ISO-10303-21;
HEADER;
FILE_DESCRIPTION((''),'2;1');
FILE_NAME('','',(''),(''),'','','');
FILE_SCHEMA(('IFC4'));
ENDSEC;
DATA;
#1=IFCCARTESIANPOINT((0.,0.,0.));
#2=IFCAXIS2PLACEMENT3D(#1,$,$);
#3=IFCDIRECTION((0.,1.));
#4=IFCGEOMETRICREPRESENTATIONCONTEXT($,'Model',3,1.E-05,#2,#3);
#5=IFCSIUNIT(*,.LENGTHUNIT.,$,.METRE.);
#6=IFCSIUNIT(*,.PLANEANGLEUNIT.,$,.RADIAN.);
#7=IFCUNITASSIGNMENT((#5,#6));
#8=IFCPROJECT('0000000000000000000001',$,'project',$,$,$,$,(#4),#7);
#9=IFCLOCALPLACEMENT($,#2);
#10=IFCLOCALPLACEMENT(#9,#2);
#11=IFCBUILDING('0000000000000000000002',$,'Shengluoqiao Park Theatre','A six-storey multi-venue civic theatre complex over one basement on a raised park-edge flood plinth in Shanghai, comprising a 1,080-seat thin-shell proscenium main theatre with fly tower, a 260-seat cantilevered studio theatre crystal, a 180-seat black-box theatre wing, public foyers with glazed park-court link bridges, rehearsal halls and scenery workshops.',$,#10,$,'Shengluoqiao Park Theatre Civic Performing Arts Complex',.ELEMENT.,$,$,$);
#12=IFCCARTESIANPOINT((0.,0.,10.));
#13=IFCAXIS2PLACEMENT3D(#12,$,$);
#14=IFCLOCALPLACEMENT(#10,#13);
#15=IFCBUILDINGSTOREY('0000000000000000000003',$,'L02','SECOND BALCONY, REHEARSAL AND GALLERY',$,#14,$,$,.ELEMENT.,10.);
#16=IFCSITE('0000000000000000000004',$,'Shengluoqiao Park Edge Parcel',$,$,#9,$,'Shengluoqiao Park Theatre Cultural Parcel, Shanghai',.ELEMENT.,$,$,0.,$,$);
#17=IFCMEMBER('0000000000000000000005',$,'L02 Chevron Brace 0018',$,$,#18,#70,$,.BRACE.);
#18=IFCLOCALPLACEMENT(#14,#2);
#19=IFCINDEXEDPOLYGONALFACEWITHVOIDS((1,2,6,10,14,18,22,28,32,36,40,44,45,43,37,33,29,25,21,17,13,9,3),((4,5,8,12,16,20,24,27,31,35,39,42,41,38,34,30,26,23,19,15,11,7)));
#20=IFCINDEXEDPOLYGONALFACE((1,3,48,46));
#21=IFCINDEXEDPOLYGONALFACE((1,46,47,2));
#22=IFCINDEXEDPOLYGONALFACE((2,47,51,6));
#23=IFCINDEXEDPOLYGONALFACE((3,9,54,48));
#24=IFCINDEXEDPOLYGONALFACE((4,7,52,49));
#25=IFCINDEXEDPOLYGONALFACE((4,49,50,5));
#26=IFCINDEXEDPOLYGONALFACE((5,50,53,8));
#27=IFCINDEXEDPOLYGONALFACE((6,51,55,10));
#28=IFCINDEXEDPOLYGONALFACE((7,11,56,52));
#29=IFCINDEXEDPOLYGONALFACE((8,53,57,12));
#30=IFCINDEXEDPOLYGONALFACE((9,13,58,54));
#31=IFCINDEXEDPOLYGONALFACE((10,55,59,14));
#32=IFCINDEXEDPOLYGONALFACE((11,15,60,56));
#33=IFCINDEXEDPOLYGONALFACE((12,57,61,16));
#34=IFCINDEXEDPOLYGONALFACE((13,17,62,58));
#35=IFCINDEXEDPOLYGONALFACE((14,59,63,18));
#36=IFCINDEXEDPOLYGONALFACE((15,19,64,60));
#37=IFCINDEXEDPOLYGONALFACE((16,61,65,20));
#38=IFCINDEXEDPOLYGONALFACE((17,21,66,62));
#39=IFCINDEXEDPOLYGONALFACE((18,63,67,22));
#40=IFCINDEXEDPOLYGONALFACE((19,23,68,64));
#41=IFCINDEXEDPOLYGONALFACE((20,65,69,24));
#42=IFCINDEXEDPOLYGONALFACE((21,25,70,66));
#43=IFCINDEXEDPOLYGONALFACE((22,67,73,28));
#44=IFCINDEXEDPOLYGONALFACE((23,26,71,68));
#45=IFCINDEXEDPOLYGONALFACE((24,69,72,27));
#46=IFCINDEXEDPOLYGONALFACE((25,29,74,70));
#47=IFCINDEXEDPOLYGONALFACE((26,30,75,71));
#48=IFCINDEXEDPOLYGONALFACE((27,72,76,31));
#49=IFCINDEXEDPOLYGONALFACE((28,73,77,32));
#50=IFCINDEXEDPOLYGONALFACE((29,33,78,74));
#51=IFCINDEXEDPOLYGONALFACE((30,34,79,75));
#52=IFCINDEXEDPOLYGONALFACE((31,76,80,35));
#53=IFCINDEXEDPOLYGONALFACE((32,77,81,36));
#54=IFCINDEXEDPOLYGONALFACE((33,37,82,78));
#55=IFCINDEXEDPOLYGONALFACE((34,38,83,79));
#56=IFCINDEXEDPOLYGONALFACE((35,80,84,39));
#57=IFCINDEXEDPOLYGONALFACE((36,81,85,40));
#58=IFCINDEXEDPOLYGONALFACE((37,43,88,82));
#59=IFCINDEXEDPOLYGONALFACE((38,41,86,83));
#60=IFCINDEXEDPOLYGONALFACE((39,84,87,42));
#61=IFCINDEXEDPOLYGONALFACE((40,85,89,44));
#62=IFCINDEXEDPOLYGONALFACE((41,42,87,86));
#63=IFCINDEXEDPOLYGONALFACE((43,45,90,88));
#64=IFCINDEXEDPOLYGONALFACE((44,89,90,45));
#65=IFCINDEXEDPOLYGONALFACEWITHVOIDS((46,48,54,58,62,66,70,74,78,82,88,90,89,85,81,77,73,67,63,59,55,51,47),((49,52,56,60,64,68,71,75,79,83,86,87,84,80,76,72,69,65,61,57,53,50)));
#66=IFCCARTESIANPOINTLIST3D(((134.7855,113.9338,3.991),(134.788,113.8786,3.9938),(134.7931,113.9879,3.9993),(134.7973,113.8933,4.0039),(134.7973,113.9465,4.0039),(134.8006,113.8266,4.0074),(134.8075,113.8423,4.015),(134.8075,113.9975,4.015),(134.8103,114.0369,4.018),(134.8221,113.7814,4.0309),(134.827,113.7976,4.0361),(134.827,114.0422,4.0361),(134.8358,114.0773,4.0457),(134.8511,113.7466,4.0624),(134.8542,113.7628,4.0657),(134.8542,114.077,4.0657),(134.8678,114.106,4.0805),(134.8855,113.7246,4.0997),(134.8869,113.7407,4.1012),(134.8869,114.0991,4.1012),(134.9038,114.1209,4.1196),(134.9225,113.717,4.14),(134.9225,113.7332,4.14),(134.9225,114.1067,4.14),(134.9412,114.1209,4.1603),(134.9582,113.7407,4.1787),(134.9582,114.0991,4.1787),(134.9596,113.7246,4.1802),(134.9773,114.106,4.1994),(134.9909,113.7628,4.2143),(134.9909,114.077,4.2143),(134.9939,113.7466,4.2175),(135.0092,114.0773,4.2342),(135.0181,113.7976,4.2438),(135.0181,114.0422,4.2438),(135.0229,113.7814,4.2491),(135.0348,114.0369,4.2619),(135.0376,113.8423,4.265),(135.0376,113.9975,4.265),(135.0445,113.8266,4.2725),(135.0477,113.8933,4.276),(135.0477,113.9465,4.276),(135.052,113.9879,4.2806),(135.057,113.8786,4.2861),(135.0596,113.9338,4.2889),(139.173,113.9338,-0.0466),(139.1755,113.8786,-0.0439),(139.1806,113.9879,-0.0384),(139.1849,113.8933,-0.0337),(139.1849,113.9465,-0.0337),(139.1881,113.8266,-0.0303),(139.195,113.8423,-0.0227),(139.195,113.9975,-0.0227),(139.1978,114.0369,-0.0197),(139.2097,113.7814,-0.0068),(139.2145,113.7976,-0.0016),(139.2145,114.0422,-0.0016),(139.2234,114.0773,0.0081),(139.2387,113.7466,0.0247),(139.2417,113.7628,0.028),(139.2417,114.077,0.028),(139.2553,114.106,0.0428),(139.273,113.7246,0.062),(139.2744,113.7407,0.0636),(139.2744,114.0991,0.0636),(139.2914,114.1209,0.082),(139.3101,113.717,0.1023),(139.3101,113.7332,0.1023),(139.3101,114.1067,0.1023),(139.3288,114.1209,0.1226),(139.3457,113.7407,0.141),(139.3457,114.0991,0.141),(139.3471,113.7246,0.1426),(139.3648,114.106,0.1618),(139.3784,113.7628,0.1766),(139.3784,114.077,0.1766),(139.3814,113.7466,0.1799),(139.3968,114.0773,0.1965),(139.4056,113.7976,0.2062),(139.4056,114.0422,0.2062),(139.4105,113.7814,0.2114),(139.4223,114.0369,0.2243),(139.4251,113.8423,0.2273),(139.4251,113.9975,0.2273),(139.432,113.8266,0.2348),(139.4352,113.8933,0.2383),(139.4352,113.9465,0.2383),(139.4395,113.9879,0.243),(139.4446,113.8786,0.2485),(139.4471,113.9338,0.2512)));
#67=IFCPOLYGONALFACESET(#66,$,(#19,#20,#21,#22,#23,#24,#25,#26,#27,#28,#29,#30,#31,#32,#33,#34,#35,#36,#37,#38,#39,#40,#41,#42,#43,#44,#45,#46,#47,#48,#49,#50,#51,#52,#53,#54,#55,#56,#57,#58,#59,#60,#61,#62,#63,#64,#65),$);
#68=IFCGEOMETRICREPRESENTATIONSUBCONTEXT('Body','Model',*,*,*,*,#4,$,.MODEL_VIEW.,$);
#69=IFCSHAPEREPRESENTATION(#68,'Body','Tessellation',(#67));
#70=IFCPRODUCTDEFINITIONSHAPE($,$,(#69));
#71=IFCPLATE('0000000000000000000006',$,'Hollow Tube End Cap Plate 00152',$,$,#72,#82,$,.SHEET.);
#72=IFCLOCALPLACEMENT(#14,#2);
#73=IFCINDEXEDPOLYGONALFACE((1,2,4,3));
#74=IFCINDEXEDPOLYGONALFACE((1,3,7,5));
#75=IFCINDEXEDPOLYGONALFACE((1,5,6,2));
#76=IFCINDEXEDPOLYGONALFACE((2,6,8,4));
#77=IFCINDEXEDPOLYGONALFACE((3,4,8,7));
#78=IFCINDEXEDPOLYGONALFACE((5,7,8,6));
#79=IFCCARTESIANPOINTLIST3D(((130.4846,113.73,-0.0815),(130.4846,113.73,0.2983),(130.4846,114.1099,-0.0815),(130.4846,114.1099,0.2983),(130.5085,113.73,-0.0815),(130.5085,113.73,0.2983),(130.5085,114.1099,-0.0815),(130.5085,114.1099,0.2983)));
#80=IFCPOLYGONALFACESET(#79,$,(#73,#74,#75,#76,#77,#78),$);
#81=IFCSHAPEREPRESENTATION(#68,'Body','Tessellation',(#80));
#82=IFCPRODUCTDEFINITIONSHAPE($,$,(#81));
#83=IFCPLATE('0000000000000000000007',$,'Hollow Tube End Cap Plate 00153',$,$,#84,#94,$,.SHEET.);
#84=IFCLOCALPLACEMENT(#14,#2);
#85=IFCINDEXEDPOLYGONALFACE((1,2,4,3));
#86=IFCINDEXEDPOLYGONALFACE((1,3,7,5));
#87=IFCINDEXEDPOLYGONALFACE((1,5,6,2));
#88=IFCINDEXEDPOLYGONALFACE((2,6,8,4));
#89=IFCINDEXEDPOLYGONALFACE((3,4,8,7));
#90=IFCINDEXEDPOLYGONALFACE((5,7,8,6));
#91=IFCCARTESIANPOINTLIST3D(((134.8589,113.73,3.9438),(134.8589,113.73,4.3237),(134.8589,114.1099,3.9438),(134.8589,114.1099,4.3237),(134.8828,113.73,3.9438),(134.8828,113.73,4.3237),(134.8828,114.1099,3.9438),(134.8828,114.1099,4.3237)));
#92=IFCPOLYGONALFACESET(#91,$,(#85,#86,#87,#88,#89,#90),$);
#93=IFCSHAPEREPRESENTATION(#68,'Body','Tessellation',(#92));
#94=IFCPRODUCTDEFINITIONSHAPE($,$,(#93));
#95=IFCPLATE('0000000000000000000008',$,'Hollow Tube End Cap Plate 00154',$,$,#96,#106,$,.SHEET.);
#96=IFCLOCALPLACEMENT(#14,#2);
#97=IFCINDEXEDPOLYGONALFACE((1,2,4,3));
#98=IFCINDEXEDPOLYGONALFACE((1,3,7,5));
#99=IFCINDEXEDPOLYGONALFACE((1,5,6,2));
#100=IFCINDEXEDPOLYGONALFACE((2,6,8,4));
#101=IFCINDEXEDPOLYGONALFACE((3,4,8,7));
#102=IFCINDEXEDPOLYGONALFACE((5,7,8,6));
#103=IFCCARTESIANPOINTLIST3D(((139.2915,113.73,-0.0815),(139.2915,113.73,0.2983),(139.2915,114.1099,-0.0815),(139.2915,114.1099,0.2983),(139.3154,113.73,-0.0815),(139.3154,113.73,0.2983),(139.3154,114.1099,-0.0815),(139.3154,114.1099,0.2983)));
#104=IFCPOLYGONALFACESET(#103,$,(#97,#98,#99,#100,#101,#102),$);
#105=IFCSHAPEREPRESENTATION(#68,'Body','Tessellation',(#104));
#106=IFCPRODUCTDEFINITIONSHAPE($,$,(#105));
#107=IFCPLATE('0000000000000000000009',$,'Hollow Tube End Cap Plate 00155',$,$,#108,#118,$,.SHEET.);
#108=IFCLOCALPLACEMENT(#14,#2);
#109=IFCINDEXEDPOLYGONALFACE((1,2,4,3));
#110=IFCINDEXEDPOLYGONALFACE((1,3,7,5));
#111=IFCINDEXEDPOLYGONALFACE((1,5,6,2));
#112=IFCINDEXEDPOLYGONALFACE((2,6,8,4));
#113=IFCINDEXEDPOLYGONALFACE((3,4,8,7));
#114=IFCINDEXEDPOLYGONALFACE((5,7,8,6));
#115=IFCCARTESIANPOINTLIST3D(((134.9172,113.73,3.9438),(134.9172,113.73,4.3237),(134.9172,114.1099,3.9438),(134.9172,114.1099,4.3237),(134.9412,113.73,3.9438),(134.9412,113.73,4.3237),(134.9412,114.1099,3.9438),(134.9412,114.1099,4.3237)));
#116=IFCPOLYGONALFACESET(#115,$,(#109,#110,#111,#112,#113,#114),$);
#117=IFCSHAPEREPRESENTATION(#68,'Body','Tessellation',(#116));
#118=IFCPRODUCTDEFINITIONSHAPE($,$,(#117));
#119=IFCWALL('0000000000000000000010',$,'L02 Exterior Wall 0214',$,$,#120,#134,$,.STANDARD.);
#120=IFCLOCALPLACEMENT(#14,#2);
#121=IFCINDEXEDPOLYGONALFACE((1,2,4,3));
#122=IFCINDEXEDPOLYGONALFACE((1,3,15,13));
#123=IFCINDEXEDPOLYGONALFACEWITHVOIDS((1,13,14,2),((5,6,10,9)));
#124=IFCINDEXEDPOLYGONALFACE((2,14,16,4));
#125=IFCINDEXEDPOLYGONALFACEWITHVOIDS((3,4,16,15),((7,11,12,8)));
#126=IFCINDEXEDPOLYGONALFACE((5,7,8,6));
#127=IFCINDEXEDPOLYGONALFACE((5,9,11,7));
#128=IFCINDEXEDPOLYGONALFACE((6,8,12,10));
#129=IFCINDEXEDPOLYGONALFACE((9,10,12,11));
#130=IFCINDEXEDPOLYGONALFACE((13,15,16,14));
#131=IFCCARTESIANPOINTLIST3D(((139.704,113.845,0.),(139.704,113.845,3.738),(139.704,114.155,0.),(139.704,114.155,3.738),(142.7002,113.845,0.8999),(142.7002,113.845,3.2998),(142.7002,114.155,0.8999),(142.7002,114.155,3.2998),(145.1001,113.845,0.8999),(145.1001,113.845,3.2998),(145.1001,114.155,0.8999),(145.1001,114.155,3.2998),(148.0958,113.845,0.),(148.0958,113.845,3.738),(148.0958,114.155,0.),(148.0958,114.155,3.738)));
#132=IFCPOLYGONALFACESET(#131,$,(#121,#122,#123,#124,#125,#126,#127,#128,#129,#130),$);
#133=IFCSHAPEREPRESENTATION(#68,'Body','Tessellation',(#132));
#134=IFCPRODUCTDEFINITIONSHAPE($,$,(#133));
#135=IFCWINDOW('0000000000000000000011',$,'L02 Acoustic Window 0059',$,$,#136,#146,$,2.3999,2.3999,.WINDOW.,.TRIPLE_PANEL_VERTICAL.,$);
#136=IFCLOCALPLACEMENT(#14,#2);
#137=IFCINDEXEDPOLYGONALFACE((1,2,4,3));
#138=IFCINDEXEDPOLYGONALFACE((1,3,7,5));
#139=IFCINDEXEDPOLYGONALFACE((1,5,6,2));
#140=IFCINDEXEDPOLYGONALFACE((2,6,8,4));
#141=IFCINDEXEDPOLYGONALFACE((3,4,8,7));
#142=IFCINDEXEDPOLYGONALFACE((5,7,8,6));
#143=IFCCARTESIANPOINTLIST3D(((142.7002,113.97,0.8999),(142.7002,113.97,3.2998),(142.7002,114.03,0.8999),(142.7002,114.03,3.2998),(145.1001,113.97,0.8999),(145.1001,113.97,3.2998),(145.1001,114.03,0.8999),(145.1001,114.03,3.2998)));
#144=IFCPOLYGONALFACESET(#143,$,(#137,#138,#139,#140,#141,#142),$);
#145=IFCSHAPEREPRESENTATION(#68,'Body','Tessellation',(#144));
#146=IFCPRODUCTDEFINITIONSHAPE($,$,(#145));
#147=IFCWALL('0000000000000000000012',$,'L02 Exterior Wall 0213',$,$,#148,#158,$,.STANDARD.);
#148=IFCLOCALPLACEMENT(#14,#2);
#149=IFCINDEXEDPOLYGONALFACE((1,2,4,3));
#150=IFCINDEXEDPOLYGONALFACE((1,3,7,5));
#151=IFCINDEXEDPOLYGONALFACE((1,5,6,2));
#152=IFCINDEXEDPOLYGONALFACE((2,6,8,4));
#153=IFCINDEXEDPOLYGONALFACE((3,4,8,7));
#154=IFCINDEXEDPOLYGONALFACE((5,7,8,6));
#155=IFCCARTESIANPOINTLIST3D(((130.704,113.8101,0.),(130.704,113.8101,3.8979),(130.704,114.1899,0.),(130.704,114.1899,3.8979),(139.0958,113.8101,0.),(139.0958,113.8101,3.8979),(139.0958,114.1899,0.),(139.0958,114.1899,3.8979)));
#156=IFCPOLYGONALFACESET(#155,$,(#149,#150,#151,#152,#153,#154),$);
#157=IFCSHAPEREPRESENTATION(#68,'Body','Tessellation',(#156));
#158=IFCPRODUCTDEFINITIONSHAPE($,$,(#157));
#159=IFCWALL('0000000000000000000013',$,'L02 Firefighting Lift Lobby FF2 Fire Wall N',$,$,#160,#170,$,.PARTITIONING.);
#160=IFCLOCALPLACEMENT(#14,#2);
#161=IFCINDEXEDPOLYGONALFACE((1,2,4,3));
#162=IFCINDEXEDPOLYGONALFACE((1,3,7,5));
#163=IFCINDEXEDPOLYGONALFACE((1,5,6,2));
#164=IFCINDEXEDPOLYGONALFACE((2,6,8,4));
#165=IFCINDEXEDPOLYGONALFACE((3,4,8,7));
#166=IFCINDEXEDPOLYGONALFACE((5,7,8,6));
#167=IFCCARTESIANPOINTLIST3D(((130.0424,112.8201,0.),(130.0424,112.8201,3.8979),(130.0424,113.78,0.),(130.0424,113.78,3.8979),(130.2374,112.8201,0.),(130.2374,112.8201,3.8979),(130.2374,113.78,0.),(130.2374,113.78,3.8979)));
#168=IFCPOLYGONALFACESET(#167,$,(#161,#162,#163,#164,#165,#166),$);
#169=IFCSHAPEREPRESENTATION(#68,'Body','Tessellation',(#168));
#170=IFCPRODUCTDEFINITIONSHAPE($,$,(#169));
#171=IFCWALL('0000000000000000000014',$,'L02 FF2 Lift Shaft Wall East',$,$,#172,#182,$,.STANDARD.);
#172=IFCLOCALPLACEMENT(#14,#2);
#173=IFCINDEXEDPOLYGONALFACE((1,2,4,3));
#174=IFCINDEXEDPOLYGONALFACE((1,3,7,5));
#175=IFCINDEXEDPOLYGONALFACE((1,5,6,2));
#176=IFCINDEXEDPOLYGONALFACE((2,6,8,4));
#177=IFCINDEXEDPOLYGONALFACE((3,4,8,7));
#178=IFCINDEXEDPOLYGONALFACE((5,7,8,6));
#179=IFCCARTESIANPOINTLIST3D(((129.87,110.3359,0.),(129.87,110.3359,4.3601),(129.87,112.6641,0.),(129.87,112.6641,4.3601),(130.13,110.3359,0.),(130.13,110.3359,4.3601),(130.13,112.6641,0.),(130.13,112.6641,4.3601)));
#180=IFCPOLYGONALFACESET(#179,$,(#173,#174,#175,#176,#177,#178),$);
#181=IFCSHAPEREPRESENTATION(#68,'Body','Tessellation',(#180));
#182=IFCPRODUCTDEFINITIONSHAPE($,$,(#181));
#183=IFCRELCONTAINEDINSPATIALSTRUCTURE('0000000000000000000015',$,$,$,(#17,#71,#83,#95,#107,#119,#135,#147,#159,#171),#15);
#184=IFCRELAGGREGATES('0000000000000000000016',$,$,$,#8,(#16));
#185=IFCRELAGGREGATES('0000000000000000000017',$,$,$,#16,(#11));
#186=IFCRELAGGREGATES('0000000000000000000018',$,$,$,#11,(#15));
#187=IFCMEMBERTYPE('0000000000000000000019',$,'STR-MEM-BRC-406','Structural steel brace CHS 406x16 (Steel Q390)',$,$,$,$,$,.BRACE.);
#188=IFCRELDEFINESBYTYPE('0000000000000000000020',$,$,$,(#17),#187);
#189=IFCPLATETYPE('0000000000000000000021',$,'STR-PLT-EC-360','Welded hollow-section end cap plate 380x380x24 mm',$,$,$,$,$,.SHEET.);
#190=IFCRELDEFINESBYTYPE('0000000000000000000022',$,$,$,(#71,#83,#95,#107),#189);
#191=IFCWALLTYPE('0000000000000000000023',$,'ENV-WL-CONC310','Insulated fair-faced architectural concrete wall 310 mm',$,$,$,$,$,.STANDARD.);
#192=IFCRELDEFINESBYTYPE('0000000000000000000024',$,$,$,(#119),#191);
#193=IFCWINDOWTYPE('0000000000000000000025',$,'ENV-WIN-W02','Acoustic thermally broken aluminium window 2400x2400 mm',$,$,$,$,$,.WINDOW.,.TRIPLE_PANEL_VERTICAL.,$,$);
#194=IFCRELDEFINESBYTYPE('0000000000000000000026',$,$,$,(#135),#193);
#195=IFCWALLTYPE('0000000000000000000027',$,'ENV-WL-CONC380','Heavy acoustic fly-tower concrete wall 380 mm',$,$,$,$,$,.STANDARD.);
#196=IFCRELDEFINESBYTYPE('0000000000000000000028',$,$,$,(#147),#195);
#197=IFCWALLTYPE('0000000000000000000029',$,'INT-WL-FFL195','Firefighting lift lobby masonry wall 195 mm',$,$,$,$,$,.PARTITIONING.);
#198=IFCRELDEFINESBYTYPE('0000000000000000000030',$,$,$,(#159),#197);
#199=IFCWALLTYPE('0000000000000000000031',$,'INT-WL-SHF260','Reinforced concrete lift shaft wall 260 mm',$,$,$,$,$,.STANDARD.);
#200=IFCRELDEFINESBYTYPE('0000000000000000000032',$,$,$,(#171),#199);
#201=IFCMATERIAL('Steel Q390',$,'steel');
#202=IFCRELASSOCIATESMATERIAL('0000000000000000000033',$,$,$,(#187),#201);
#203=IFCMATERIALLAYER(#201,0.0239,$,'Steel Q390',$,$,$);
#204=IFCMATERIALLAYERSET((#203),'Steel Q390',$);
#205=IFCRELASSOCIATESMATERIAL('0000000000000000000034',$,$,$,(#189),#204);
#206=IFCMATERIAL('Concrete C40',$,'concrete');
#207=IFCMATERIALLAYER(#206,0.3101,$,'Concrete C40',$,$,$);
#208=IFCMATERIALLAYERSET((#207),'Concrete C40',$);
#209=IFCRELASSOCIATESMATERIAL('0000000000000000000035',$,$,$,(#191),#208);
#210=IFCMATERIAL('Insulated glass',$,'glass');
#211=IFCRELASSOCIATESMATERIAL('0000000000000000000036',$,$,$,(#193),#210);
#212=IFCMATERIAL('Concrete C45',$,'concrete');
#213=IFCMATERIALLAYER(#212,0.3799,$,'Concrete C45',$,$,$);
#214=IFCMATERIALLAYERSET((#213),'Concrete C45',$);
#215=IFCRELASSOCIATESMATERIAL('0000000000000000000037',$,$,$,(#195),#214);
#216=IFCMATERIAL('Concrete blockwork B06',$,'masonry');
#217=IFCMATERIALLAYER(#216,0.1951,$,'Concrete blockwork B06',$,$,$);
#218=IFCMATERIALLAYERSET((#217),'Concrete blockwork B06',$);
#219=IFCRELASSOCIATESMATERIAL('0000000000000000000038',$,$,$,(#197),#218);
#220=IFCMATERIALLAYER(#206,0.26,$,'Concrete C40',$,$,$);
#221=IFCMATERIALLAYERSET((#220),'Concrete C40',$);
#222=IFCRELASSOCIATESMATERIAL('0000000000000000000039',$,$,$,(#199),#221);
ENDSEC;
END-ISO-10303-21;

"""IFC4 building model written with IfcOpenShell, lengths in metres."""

from ifc_helpers import new_model, si_unit, direction, frame, frame_2d, origin, origin_2d, place, context, subcontext, project, spatial, rectangle, hollow_circle, extrude, material, layer, layer_set, material_profile, profile_set, type_object, element, fill, save


model = new_model("IFC4")

# Units and contexts
model_context = context("Model", 3, precision=1e-05, world=origin(), true_north=direction((0.0, 1.0)))
body_context = subcontext(model_context, "Body", "Model", "MODEL_VIEW")
ifc_project = project(units=[si_unit("LENGTHUNIT", "METRE"), si_unit("PLANEANGLEUNIT", "RADIAN")], contexts=[model_context])

# Site, building, storey
site_placement = place(None, origin())
site = spatial("IfcSite", under=ifc_project, at=site_placement, Name="Shengluoqiao Park Edge Parcel", LongName="Shengluoqiao Park Theatre Cultural Parcel, Shanghai", CompositionType="ELEMENT", RefElevation=0.0)
building_placement = place(site_placement, origin())
building = spatial("IfcBuilding", under=site, at=building_placement, Name="Shengluoqiao Park Theatre", Description="A six-storey multi-venue civic theatre complex over one basement on a raised park-edge flood plinth in Shanghai, comprising a 1,080-seat thin-shell proscenium main theatre with fly tower, a 260-seat cantilevered studio theatre crystal, a 180-seat black-box theatre wing, public foyers with glazed park-court link bridges, rehearsal halls and scenery workshops.", LongName="Shengluoqiao Park Theatre Civic Performing Arts Complex", CompositionType="ELEMENT")
storey_placement = place(building_placement, frame((0.0, 0.0, 10.0)))
storey = spatial("IfcBuildingStorey", under=building, at=storey_placement, Name="L02", Description="SECOND BALCONY, REHEARSAL AND GALLERY", CompositionType="ELEMENT", Elevation=10.0)

# Shared definitions
ifc_material_1 = material(Name="Concrete C40", Category="concrete")

# Member
ifc_material_2 = material(Name="Steel Q390", Category="steel")
ifc_material_profile_1 = material_profile(ifc_material_2, hollow_circle(Radius=0.2029, WallThickness=0.0161, at=origin_2d()), Name="CHS 406x16")
ifc_profile_set_1 = profile_set([ifc_material_profile_1], Name="Steel Q390")
member_type = type_object("IfcMemberType", Name="STR-MEM-BRC-406", Description="Structural steel brace CHS 406x16 (Steel Q390)", PredefinedType="BRACE", material=ifc_profile_set_1)
for number, where, z_axis, x_axis, name in (
    (1, (139.3101, 113.9199, 0.1023), (-0.735836, 0.0, 0.67716), (0.0, -1.0, 0.0), "L02 Chevron Brace 0018"),
):
    element("IfcMember", number, at=place(storey_placement, frame(where, z_axis=z_axis, x_axis=x_axis)), inside=storey, type_object=member_type, Name=name, PredefinedType="BRACE", context=body_context, shape_type="SweptSolid", body=[
        extrude(hollow_circle(Radius=0.2029, WallThickness=0.0161, at=origin_2d()), origin(), (0.0, 0.0, 1.0), 5.9626),
    ])

# Plates
ifc_layer_1 = layer(ifc_material_2, 0.0239, Name="Steel Q390")
ifc_layer_set_1 = layer_set([ifc_layer_1], Name="Steel Q390")
plate_type = type_object("IfcPlateType", Name="STR-PLT-EC-360", Description="Welded hollow-section end cap plate 380x380x24 mm", PredefinedType="SHEET", material=ifc_layer_set_1)
for number, where, z_axis, x_axis, name in (
    (2, (130.4966, 113.9199, -0.0815), (0.0, 0.0, 1.0), (1.0, 0.0, 0.0), "Hollow Tube End Cap Plate 00152"),
    (3, (134.8708, 113.9199, 3.9438), (0.0, 0.0, 1.0), (1.0, 0.0, 0.0), "Hollow Tube End Cap Plate 00153"),
    (4, (139.3035, 113.9199, -0.0815), (0.0, 0.0, 1.0), (-1.0, 0.0, 0.0), "Hollow Tube End Cap Plate 00154"),
    (5, (134.9292, 113.9199, 3.9438), (0.0, 0.0, 1.0), (-1.0, 0.0, 0.0), "Hollow Tube End Cap Plate 00155"),
):
    element("IfcPlate", number, at=place(storey_placement, frame(where, z_axis=z_axis, x_axis=x_axis)), inside=storey, type_object=plate_type, Name=name, PredefinedType="SHEET", context=body_context, shape_type="SweptSolid", body=[
        extrude(rectangle(XDim=0.0239, YDim=0.3799, at=origin_2d()), origin(), (0.0, 0.0, 1.0), 0.3799),
    ])

# Wall, opening, window
ifc_layer_2 = layer(ifc_material_1, 0.3101, Name="Concrete C40")
ifc_layer_set_2 = layer_set([ifc_layer_2], Name="Concrete C40")
wall_type_1 = type_object("IfcWallType", Name="ENV-WL-CONC310", Description="Insulated fair-faced architectural concrete wall 310 mm", PredefinedType="STANDARD", material=ifc_layer_set_2)
wall_1_placement = place(storey_placement, frame((139.7041, 114.0, 0.0), z_axis=(0.0, 0.0, 1.0), x_axis=(1.0, 0.0, 0.0)))
wall_1 = element("IfcWall", 6, at=wall_1_placement, inside=storey, type_object=wall_type_1, Name="L02 Exterior Wall 0214", PredefinedType="STANDARD", context=body_context, shape_type="SweptSolid", body=[
    extrude(rectangle(XDim=8.3918, YDim=0.3101, at=frame_2d((4.1958, 0.0))), origin(), (0.0, 0.0, 1.0), 3.738),
])
opening_placement = place(wall_1_placement, frame((2.9961, 0.0, 0.8999)))
opening = element("IfcOpeningElement", 7, at=opening_placement, cuts=wall_1, PredefinedType="OPENING", context=body_context, shape_type="SweptSolid", body=[
    extrude(rectangle(XDim=2.3999, YDim=2.3999, at=frame_2d((1.2, 1.2))), frame((0.0, 0.165, 0.0), z_axis=(0.0, -1.0, 0.0), x_axis=(1.0, 0.0, 0.0)), (0.0, 0.0, 1.0), 0.3301),
])
ifc_material_3 = material(Name="Insulated glass", Category="glass")
window_type = type_object("IfcWindowType", Name="ENV-WIN-W02", Description="Acoustic thermally broken aluminium window 2400x2400 mm", PartitioningType="TRIPLE_PANEL_VERTICAL", PredefinedType="WINDOW", material=ifc_material_3)
window_placement = place(opening_placement, origin())
window = element("IfcWindow", 8, at=window_placement, inside=storey, type_object=window_type, Name="L02 Acoustic Window 0059", OverallHeight=2.3999, OverallWidth=2.3999, PartitioningType="TRIPLE_PANEL_VERTICAL", PredefinedType="WINDOW", context=body_context, shape_type="SweptSolid", body=[
    extrude(rectangle(XDim=2.3999, YDim=2.3999, at=frame_2d((1.2, 1.2))), frame((0.0, 0.03, 0.0), z_axis=(0.0, -1.0, 0.0), x_axis=(1.0, 0.0, 0.0)), (0.0, 0.0, 1.0), 0.0601),
])
fill(opening, window)

# Walls
ifc_material_4 = material(Name="Concrete C45", Category="concrete")
ifc_layer_3 = layer(ifc_material_4, 0.3799, Name="Concrete C45")
ifc_layer_set_3 = layer_set([ifc_layer_3], Name="Concrete C45")
wall_type_2 = type_object("IfcWallType", Name="ENV-WL-CONC380", Description="Heavy acoustic fly-tower concrete wall 380 mm", PredefinedType="STANDARD", material=ifc_layer_set_3)
wall_2_placement = place(storey_placement, frame((130.7041, 114.0, 0.0), z_axis=(0.0, 0.0, 1.0), x_axis=(1.0, 0.0, 0.0)))
element("IfcWall", 9, at=wall_2_placement, inside=storey, type_object=wall_type_2, Name="L02 Exterior Wall 0213", PredefinedType="STANDARD", context=body_context, shape_type="SweptSolid", body=[
    extrude(rectangle(XDim=8.3918, YDim=0.3799, at=frame_2d((4.1958, 0.0))), origin(), (0.0, 0.0, 1.0), 3.8979),
])
ifc_material_5 = material(Name="Concrete blockwork B06", Category="masonry")
ifc_layer_4 = layer(ifc_material_5, 0.1951, Name="Concrete blockwork B06")
ifc_layer_set_4 = layer_set([ifc_layer_4], Name="Concrete blockwork B06")
wall_type_3 = type_object("IfcWallType", Name="INT-WL-FFL195", Description="Firefighting lift lobby masonry wall 195 mm", PredefinedType="PARTITIONING", material=ifc_layer_set_4)
wall_3_placement = place(storey_placement, frame((130.1399, 112.8201, 0.0), z_axis=(0.0, 0.0, 1.0), x_axis=(0.0, 1.0, 0.0)))
element("IfcWall", 10, at=wall_3_placement, inside=storey, type_object=wall_type_3, Name="L02 Firefighting Lift Lobby FF2 Fire Wall N", PredefinedType="PARTITIONING", context=body_context, shape_type="SweptSolid", body=[
    extrude(rectangle(XDim=0.96, YDim=0.1951, at=frame_2d((0.48, 0.0))), origin(), (0.0, 0.0, 1.0), 3.8979),
])
ifc_layer_5 = layer(ifc_material_1, 0.26, Name="Concrete C40")
ifc_layer_set_5 = layer_set([ifc_layer_5], Name="Concrete C40")
wall_type_4 = type_object("IfcWallType", Name="INT-WL-SHF260", Description="Reinforced concrete lift shaft wall 260 mm", PredefinedType="STANDARD", material=ifc_layer_set_5)
wall_4_placement = place(storey_placement, frame((130.0, 110.3359, 0.0), z_axis=(0.0, 0.0, 1.0), x_axis=(0.0, 1.0, 0.0)))
element("IfcWall", 11, at=wall_4_placement, inside=storey, type_object=wall_type_4, Name="L02 FF2 Lift Shaft Wall East", PredefinedType="STANDARD", context=body_context, shape_type="SweptSolid", body=[
    extrude(rectangle(XDim=2.3281, YDim=0.26, at=frame_2d((1.1641, 0.0))), origin(), (0.0, 0.0, 1.0), 4.3601),
])

save(model, "model.ifc")
